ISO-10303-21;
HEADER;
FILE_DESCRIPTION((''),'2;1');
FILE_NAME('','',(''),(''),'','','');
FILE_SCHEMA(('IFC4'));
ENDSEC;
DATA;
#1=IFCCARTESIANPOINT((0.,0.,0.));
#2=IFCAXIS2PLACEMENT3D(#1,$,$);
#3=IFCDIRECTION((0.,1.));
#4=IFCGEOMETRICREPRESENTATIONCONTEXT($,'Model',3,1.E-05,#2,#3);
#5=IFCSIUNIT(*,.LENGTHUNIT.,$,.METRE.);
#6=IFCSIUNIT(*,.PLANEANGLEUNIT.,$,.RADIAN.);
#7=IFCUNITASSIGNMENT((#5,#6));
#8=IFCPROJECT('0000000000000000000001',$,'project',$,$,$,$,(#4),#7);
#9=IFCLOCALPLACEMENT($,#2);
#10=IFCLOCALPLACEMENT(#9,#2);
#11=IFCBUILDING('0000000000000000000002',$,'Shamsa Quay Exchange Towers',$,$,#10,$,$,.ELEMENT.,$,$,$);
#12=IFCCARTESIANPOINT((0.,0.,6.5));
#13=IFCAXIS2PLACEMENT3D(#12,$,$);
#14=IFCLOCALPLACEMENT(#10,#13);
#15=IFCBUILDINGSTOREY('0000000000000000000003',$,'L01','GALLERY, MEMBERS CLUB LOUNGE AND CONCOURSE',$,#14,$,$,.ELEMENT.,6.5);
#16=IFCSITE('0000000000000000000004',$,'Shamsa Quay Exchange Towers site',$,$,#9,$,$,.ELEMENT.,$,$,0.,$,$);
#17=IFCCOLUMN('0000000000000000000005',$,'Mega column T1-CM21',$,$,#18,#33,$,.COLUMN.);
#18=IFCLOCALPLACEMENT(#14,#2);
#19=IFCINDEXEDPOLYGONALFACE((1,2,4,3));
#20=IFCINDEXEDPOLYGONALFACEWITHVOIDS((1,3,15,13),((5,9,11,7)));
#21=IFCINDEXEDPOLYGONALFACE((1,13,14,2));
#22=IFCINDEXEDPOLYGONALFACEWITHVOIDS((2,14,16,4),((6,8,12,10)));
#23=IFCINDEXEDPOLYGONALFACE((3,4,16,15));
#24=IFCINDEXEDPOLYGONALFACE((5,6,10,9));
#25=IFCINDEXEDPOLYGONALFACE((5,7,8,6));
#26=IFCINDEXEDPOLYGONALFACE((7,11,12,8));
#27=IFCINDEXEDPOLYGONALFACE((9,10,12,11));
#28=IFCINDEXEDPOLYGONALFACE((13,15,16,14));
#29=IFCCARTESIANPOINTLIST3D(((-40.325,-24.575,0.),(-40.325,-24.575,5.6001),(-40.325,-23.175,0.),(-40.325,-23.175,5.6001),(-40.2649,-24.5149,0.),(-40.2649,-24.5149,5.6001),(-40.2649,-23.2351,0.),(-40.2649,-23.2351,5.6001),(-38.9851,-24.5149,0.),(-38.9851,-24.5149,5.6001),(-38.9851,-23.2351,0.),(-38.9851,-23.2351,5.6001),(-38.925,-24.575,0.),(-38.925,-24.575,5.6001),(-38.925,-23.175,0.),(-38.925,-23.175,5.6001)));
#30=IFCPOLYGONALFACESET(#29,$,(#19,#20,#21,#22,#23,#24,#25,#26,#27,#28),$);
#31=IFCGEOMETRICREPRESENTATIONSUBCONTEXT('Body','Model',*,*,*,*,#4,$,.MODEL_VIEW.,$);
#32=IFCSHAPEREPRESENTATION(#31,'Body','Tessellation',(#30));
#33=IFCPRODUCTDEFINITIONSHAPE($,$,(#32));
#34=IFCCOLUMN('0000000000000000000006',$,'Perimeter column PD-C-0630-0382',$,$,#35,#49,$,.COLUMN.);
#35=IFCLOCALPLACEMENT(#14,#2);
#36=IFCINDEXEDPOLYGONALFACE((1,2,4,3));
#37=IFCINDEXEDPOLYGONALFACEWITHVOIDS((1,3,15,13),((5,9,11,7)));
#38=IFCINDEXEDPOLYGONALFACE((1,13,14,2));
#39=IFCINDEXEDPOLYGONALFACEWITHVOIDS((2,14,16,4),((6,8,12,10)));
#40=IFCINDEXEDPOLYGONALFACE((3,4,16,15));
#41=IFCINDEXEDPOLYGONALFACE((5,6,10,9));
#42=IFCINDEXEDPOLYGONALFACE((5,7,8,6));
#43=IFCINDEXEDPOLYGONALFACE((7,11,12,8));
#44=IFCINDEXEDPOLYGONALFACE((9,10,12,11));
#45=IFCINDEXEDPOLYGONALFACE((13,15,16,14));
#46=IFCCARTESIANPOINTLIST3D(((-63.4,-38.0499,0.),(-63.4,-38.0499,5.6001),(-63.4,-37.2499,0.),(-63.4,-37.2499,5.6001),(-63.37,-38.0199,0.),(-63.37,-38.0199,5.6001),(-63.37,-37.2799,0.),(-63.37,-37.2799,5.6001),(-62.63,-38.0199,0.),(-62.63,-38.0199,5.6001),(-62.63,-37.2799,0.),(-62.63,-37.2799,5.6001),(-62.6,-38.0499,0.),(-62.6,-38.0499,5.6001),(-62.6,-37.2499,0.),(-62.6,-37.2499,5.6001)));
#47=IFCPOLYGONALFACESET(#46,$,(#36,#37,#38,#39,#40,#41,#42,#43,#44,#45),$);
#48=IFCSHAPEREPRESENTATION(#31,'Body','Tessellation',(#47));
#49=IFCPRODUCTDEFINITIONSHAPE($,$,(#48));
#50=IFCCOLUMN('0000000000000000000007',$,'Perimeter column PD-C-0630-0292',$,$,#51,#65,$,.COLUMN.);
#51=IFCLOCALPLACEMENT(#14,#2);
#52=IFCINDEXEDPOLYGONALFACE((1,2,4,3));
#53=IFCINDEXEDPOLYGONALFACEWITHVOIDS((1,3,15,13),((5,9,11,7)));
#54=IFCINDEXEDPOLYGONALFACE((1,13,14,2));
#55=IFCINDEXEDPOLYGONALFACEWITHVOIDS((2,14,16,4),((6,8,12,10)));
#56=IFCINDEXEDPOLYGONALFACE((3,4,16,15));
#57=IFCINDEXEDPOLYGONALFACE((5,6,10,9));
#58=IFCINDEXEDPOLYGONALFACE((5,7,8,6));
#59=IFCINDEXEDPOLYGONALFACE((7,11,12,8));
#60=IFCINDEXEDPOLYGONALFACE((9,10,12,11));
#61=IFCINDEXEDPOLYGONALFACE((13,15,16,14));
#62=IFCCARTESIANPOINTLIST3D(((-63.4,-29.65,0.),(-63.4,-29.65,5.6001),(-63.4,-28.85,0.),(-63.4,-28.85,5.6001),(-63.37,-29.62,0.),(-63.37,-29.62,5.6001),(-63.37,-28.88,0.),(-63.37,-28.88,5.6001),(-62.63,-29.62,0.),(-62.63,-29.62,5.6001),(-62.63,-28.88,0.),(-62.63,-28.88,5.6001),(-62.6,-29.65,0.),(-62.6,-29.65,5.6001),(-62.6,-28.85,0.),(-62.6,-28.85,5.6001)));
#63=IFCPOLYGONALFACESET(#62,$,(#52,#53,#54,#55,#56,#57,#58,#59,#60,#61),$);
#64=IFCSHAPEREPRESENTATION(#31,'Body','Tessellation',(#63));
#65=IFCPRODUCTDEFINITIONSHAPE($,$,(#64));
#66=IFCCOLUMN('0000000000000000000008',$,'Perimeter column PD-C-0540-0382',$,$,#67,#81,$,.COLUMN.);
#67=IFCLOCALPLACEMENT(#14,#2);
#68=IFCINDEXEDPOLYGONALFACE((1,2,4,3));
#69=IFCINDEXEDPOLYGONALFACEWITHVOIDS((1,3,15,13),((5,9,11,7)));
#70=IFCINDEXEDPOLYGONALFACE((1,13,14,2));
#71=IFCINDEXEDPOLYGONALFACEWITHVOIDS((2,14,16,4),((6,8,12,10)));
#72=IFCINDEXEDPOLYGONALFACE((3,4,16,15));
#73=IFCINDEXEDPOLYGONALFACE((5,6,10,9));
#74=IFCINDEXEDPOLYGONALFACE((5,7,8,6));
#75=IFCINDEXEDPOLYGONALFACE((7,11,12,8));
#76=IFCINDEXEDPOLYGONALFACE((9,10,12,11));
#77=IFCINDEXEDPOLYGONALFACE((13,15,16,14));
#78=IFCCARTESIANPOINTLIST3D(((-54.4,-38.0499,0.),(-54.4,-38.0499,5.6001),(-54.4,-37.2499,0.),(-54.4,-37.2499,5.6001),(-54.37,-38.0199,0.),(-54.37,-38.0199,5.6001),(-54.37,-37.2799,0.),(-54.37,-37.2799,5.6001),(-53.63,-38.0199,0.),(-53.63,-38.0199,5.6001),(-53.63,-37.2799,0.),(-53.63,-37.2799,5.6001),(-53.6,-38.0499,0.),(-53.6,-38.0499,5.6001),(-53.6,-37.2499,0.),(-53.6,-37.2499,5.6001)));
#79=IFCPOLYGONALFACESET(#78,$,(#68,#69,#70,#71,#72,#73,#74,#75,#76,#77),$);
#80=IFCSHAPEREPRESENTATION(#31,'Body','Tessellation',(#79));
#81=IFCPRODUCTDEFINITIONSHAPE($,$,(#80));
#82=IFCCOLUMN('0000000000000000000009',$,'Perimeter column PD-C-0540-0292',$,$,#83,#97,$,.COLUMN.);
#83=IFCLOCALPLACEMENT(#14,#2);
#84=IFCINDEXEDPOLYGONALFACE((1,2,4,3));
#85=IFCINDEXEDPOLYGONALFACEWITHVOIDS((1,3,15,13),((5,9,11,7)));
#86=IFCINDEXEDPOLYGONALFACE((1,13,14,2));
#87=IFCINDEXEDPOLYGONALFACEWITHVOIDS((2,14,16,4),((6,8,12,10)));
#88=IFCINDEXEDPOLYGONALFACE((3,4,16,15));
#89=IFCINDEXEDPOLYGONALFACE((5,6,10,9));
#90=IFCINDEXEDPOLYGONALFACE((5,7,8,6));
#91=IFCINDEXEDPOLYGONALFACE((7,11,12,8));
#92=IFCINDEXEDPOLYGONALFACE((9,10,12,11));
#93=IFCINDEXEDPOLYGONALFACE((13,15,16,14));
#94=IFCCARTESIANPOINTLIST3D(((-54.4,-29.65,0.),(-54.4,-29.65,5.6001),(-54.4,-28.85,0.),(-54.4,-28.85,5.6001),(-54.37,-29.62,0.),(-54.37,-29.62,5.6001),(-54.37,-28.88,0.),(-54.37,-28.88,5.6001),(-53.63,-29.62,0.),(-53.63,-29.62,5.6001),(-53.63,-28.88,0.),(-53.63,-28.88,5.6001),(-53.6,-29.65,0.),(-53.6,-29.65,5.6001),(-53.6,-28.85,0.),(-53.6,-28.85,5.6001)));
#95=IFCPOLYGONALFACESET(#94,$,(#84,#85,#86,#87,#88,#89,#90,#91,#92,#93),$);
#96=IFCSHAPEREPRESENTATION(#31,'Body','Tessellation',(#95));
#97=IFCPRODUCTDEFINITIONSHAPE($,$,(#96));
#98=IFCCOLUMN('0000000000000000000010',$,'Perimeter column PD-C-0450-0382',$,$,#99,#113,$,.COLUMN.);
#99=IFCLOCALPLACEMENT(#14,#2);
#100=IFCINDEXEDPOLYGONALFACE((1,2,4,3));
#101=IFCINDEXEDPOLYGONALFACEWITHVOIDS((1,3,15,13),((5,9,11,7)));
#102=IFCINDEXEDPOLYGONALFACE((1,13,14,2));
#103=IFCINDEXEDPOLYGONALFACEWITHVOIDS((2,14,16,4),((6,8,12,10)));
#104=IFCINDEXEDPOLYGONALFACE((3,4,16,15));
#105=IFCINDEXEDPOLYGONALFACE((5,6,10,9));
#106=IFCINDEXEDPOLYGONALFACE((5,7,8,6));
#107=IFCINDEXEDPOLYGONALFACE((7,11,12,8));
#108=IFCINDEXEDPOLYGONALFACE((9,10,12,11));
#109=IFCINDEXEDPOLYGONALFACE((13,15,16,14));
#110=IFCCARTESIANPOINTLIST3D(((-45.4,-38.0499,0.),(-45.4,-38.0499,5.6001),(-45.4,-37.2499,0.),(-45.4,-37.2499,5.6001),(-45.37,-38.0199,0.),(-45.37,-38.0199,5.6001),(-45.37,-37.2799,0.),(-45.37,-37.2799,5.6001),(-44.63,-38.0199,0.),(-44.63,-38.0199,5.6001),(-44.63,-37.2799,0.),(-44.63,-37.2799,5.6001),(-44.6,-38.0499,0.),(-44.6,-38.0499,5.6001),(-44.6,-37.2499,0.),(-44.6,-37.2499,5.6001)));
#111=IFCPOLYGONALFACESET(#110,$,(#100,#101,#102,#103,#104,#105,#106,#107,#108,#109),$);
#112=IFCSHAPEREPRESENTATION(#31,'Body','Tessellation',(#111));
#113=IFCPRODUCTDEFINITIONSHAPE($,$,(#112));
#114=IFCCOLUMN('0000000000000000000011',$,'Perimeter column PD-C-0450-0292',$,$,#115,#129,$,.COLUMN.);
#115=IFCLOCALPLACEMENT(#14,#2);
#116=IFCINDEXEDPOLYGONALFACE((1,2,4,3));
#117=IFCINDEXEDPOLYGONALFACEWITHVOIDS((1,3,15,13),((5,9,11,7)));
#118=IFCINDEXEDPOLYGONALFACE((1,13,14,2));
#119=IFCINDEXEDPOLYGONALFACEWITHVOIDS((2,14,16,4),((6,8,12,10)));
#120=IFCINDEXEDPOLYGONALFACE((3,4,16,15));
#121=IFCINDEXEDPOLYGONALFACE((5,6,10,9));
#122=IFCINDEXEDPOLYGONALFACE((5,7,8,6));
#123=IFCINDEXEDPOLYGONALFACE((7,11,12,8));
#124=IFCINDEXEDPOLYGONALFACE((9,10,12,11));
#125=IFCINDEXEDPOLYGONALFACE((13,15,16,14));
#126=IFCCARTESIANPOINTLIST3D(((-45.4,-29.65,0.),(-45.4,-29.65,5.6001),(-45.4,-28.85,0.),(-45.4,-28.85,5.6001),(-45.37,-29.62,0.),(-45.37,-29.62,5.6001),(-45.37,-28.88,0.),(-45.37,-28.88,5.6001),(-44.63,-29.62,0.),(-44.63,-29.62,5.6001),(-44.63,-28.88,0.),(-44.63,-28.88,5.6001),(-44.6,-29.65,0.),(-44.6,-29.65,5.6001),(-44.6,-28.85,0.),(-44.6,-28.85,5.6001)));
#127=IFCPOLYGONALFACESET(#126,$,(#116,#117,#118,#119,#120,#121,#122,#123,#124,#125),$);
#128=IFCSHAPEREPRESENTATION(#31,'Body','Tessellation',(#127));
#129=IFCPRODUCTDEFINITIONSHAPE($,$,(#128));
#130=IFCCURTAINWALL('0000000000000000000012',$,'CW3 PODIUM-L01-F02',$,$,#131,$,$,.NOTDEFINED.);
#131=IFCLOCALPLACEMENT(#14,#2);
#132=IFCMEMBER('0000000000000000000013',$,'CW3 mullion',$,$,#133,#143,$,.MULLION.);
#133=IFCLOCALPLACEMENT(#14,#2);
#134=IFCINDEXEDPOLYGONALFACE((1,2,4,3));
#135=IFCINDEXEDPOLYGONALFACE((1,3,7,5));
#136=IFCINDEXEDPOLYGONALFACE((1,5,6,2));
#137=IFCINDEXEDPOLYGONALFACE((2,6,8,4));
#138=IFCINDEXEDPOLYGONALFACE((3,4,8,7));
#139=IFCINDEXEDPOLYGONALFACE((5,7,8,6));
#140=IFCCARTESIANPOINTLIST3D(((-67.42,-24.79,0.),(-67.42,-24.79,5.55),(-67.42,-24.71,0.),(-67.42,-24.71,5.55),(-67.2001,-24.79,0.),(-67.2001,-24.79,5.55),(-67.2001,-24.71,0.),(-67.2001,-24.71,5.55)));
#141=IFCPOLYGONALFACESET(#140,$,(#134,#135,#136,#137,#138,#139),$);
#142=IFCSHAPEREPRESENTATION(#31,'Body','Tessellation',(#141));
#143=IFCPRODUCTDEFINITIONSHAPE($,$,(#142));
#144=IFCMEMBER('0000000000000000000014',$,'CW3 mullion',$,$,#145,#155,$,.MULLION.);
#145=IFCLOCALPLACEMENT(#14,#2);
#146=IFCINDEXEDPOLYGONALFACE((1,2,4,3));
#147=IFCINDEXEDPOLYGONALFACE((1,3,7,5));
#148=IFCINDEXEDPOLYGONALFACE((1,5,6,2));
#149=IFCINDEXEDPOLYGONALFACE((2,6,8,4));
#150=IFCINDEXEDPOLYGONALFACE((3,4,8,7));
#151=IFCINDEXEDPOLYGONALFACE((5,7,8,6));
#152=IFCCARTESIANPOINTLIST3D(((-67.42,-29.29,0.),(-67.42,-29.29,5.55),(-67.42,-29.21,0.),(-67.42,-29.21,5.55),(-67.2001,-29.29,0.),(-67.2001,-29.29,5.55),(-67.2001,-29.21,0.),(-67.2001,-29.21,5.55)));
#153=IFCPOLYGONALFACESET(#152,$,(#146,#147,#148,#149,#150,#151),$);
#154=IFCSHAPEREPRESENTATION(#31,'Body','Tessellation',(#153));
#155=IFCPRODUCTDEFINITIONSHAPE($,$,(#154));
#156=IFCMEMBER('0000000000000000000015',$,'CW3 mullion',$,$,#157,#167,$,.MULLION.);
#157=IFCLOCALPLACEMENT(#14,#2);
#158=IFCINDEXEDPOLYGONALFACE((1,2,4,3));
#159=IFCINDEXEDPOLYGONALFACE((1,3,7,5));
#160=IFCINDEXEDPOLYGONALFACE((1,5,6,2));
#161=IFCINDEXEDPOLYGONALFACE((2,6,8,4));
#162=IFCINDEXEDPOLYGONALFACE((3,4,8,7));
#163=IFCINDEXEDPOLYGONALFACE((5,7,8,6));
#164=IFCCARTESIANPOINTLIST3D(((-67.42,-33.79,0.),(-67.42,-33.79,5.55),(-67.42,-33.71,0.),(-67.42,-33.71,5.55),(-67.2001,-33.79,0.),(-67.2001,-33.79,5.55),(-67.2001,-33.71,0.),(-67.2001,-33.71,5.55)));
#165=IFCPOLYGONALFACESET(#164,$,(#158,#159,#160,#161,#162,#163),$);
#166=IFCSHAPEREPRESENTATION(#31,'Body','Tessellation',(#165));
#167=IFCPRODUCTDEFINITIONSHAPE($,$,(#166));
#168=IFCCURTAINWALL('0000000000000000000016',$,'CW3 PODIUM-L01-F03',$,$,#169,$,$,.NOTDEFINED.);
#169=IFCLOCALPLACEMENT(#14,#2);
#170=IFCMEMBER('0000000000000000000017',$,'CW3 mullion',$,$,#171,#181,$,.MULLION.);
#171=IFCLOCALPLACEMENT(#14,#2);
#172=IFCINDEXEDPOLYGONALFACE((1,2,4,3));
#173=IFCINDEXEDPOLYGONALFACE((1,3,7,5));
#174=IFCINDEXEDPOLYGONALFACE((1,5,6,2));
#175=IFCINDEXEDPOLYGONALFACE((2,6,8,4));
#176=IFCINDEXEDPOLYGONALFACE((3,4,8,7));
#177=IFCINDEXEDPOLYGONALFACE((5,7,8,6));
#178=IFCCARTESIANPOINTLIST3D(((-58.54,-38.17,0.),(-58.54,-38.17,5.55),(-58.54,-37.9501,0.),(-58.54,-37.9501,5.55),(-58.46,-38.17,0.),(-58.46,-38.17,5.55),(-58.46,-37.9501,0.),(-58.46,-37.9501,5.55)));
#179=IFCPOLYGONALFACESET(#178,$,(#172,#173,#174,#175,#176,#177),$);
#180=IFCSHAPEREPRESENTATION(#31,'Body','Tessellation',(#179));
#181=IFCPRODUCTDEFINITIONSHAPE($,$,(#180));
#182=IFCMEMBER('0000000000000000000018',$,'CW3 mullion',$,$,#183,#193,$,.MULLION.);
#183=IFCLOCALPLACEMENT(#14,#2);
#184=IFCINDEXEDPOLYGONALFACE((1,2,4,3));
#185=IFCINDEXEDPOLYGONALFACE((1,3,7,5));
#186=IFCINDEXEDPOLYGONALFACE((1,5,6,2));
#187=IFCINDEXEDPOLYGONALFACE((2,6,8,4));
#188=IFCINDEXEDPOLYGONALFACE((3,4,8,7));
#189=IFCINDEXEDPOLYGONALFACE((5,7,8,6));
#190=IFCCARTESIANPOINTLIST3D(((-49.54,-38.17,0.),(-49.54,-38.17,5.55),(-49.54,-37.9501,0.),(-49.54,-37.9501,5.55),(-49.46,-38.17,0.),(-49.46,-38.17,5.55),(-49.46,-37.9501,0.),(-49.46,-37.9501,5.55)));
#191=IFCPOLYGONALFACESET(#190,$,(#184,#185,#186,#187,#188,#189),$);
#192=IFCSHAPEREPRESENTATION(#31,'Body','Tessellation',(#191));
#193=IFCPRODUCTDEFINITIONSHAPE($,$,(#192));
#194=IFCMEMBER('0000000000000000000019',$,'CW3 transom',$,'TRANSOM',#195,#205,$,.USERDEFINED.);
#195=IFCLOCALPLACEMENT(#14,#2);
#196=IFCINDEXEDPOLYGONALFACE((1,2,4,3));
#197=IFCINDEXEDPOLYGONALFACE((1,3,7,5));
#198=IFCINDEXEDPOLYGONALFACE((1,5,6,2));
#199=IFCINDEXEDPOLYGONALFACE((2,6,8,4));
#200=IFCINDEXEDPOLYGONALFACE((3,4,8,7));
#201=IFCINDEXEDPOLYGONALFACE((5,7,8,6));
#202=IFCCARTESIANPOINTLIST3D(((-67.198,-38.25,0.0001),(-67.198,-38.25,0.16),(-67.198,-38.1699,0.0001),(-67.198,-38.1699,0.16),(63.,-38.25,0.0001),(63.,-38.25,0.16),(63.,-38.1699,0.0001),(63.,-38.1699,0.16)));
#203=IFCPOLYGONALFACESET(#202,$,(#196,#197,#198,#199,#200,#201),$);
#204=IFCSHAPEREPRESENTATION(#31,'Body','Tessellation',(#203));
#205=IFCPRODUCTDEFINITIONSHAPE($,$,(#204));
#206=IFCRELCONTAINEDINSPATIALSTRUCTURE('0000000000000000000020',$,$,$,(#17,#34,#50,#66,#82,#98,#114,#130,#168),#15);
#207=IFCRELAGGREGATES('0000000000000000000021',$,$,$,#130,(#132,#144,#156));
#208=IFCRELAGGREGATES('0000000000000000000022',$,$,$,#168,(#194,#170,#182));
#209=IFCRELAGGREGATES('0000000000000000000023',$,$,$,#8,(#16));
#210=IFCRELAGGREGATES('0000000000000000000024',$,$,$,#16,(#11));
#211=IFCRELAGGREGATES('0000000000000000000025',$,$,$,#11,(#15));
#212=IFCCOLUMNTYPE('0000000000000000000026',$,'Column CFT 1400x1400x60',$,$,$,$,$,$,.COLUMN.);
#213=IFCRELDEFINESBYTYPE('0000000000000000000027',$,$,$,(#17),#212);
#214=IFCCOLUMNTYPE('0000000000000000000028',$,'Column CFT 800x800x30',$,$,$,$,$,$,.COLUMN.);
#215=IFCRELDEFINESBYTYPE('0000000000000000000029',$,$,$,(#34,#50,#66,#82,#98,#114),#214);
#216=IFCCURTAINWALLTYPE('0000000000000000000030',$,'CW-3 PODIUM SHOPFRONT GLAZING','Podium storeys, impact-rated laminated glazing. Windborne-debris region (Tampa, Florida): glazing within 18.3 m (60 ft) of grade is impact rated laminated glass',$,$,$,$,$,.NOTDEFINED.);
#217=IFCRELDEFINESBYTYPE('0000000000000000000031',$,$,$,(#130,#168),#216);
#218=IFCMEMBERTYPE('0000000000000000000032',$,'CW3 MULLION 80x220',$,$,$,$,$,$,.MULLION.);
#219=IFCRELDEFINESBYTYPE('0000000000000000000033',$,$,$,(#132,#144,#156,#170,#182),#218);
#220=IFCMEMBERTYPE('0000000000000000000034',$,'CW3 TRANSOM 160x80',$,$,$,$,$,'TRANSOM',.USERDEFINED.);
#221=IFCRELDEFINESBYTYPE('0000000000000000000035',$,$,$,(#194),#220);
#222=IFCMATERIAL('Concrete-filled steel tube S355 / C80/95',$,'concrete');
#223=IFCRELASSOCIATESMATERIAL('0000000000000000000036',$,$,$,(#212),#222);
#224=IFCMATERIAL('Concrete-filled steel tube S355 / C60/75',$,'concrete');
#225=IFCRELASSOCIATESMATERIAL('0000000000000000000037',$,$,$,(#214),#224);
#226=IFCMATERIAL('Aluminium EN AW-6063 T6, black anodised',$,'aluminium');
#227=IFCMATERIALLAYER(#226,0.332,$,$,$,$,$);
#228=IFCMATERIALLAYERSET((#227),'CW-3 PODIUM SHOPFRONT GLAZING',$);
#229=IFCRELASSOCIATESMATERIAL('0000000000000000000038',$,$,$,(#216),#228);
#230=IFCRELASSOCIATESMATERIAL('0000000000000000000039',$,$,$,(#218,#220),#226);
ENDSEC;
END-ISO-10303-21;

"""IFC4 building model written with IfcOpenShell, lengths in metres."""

from ifc_helpers import new_model, si_unit, direction, frame, origin, origin_2d, place, context, subcontext, project, spatial, rectangle, hollow_rectangle, extrude, material, layer, layer_set, material_profile, profile_set, type_object, element, aggregate, save


model = new_model("IFC4")

# Units and contexts
model_context = context("Model", 3, precision=1e-05, world=origin(), true_north=direction((0.0, 1.0)))
body_context = subcontext(model_context, "Body", "Model", "MODEL_VIEW")
ifc_project = project(units=[si_unit("LENGTHUNIT", "METRE"), si_unit("PLANEANGLEUNIT", "RADIAN")], contexts=[model_context])

# Site, building, storey
site_placement = place(None, origin())
site = spatial("IfcSite", under=ifc_project, at=site_placement, Name="Shamsa Quay Exchange Towers site", CompositionType="ELEMENT", RefElevation=0.0)
building_placement = place(site_placement, origin())
building = spatial("IfcBuilding", under=site, at=building_placement, Name="Shamsa Quay Exchange Towers", CompositionType="ELEMENT")
storey_placement = place(building_placement, frame((0.0, 0.0, 6.5)))
storey = spatial("IfcBuildingStorey", under=building, at=storey_placement, Name="L01", Description="GALLERY, MEMBERS CLUB LOUNGE AND CONCOURSE", CompositionType="ELEMENT", Elevation=6.5)

# Columns
ifc_material_1 = material(Name="Concrete-filled steel tube S355 / C80/95", Category="concrete")
ifc_material_profile_1 = material_profile(ifc_material_1, hollow_rectangle(XDim=1.3999, YDim=1.3999, WallThickness=0.0601, at=origin_2d()), Name="CFT 1400x1400x60")
ifc_profile_set_1 = profile_set([ifc_material_profile_1], Name="Concrete-filled steel tube S355 / C80/95")
column_type_1 = type_object("IfcColumnType", Name="Column CFT 1400x1400x60", PredefinedType="COLUMN", material=ifc_profile_set_1)
column_placement = place(storey_placement, frame((-39.625, -23.875, 0.0)))
element("IfcColumn", 1, at=column_placement, inside=storey, type_object=column_type_1, Name="Mega column T1-CM21", PredefinedType="COLUMN", context=body_context, shape_type="SweptSolid", body=[
    extrude(hollow_rectangle(XDim=1.3999, YDim=1.3999, WallThickness=0.0601, at=origin_2d()), origin(), (0.0, 0.0, 1.0), 5.6001),
])
ifc_material_2 = material(Name="Concrete-filled steel tube S355 / C60/75", Category="concrete")
ifc_material_profile_2 = material_profile(ifc_material_2, hollow_rectangle(XDim=0.8, YDim=0.8, WallThickness=0.03, at=origin_2d()), Name="CFT 800x800x30")
ifc_profile_set_2 = profile_set([ifc_material_profile_2], Name="Concrete-filled steel tube S355 / C60/75")
column_type_2 = type_object("IfcColumnType", Name="Column CFT 800x800x30", PredefinedType="COLUMN", material=ifc_profile_set_2)
for number, where, name in (
    (2, (-63.0, -37.6499, 0.0), "Perimeter column PD-C-0630-0382"),
    (3, (-63.0, -29.25, 0.0), "Perimeter column PD-C-0630-0292"),
    (4, (-54.0, -37.6499, 0.0), "Perimeter column PD-C-0540-0382"),
    (5, (-54.0, -29.25, 0.0), "Perimeter column PD-C-0540-0292"),
    (6, (-45.0, -37.6499, 0.0), "Perimeter column PD-C-0450-0382"),
    (7, (-45.0, -29.25, 0.0), "Perimeter column PD-C-0450-0292"),
):
    element("IfcColumn", number, at=place(storey_placement, frame(where)), inside=storey, type_object=column_type_2, Name=name, PredefinedType="COLUMN", context=body_context, shape_type="SweptSolid", body=[
        extrude(hollow_rectangle(XDim=0.8, YDim=0.8, WallThickness=0.03, at=origin_2d()), origin(), (0.0, 0.0, 1.0), 5.6001),
    ])

# Curtain walls, members
ifc_material_3 = material(Name="Aluminium EN AW-6063 T6, black anodised", Category="aluminium")
ifc_layer_1 = layer(ifc_material_3, 0.332)
ifc_layer_set_1 = layer_set([ifc_layer_1], Name="CW-3 PODIUM SHOPFRONT GLAZING")
curtain_wall_type = type_object("IfcCurtainWallType", Name="CW-3 PODIUM SHOPFRONT GLAZING", Description="Podium storeys, impact-rated laminated glazing. Windborne-debris region (Tampa, Florida): glazing within 18.3 m (60 ft) of grade is impact rated laminated glass", PredefinedType="NOTDEFINED", material=ifc_layer_set_1)
curtain_wall_1_placement = place(storey_placement, origin())
curtain_wall_1 = element("IfcCurtainWall", 8, at=curtain_wall_1_placement, inside=storey, type_object=curtain_wall_type, Name="CW3 PODIUM-L01-F02", PredefinedType="NOTDEFINED")
ifc_material_profile_3 = material_profile(ifc_material_3, rectangle(XDim=0.22, YDim=0.0801, at=origin_2d()), Name="MU80x220")
ifc_profile_set_3 = profile_set([ifc_material_profile_3], Name="Aluminium EN AW-6063 T6, black anodised")
member_type_1 = type_object("IfcMemberType", Name="CW3 MULLION 80x220", PredefinedType="MULLION", material=ifc_profile_set_3)
member_1_placement = place(storey_placement, frame((-67.3101, -24.75, 0.0)))
member_1 = element("IfcMember", 9, at=member_1_placement, type_object=member_type_1, Name="CW3 mullion", PredefinedType="MULLION", context=body_context, shape_type="SweptSolid", body=[
    extrude(rectangle(XDim=0.22, YDim=0.0801, at=origin_2d()), origin(), (0.0, 0.0, 1.0), 5.55),
])
member_2_placement = place(storey_placement, frame((-67.3101, -29.25, 0.0)))
member_2 = element("IfcMember", 10, at=member_2_placement, type_object=member_type_1, Name="CW3 mullion", PredefinedType="MULLION", context=body_context, shape_type="SweptSolid", body=[
    extrude(rectangle(XDim=0.22, YDim=0.0801, at=origin_2d()), origin(), (0.0, 0.0, 1.0), 5.55),
])
member_3_placement = place(storey_placement, frame((-67.3101, -33.75, 0.0)))
member_3 = element("IfcMember", 11, at=member_3_placement, type_object=member_type_1, Name="CW3 mullion", PredefinedType="MULLION", context=body_context, shape_type="SweptSolid", body=[
    extrude(rectangle(XDim=0.22, YDim=0.0801, at=origin_2d()), origin(), (0.0, 0.0, 1.0), 5.55),
])
curtain_wall_2_placement = place(storey_placement, origin())
curtain_wall_2 = element("IfcCurtainWall", 12, at=curtain_wall_2_placement, inside=storey, type_object=curtain_wall_type, Name="CW3 PODIUM-L01-F03", PredefinedType="NOTDEFINED")
member_4_placement = place(storey_placement, frame((-58.5, -38.0601, 0.0), z_axis=(0.0, 0.0, 1.0), x_axis=(0.0, 1.0, 0.0)))
member_4 = element("IfcMember", 13, at=member_4_placement, type_object=member_type_1, Name="CW3 mullion", PredefinedType="MULLION", context=body_context, shape_type="SweptSolid", body=[
    extrude(rectangle(XDim=0.22, YDim=0.0801, at=origin_2d()), origin(), (0.0, 0.0, 1.0), 5.55),
])
member_5_placement = place(storey_placement, frame((-49.5, -38.0601, 0.0), z_axis=(0.0, 0.0, 1.0), x_axis=(0.0, 1.0, 0.0)))
member_5 = element("IfcMember", 14, at=member_5_placement, type_object=member_type_1, Name="CW3 mullion", PredefinedType="MULLION", context=body_context, shape_type="SweptSolid", body=[
    extrude(rectangle(XDim=0.22, YDim=0.0801, at=origin_2d()), origin(), (0.0, 0.0, 1.0), 5.55),
])
ifc_material_profile_4 = material_profile(ifc_material_3, rectangle(XDim=0.0801, YDim=0.1599, at=origin_2d()), Name="TR160x80")
ifc_profile_set_4 = profile_set([ifc_material_profile_4], Name="Aluminium EN AW-6063 T6, black anodised")
member_type_2 = type_object("IfcMemberType", Name="CW3 TRANSOM 160x80", ElementType="TRANSOM", PredefinedType="USERDEFINED", material=ifc_profile_set_4)
member_6_placement = place(storey_placement, frame((-67.198, -38.21, 0.0801), z_axis=(1.0, 0.0, 0.0), x_axis=(0.0, 1.0, 0.0)))
member_6 = element("IfcMember", 15, at=member_6_placement, type_object=member_type_2, Name="CW3 transom", ObjectType="TRANSOM", PredefinedType="USERDEFINED", context=body_context, shape_type="SweptSolid", body=[
    extrude(rectangle(XDim=0.0801, YDim=0.1599, at=origin_2d()), origin(), (0.0, 0.0, 1.0), 130.198),
])

aggregate(curtain_wall_1, [member_1, member_2, member_3])
aggregate(curtain_wall_2, [member_6, member_4, member_5])

save(model, "model.ifc")
